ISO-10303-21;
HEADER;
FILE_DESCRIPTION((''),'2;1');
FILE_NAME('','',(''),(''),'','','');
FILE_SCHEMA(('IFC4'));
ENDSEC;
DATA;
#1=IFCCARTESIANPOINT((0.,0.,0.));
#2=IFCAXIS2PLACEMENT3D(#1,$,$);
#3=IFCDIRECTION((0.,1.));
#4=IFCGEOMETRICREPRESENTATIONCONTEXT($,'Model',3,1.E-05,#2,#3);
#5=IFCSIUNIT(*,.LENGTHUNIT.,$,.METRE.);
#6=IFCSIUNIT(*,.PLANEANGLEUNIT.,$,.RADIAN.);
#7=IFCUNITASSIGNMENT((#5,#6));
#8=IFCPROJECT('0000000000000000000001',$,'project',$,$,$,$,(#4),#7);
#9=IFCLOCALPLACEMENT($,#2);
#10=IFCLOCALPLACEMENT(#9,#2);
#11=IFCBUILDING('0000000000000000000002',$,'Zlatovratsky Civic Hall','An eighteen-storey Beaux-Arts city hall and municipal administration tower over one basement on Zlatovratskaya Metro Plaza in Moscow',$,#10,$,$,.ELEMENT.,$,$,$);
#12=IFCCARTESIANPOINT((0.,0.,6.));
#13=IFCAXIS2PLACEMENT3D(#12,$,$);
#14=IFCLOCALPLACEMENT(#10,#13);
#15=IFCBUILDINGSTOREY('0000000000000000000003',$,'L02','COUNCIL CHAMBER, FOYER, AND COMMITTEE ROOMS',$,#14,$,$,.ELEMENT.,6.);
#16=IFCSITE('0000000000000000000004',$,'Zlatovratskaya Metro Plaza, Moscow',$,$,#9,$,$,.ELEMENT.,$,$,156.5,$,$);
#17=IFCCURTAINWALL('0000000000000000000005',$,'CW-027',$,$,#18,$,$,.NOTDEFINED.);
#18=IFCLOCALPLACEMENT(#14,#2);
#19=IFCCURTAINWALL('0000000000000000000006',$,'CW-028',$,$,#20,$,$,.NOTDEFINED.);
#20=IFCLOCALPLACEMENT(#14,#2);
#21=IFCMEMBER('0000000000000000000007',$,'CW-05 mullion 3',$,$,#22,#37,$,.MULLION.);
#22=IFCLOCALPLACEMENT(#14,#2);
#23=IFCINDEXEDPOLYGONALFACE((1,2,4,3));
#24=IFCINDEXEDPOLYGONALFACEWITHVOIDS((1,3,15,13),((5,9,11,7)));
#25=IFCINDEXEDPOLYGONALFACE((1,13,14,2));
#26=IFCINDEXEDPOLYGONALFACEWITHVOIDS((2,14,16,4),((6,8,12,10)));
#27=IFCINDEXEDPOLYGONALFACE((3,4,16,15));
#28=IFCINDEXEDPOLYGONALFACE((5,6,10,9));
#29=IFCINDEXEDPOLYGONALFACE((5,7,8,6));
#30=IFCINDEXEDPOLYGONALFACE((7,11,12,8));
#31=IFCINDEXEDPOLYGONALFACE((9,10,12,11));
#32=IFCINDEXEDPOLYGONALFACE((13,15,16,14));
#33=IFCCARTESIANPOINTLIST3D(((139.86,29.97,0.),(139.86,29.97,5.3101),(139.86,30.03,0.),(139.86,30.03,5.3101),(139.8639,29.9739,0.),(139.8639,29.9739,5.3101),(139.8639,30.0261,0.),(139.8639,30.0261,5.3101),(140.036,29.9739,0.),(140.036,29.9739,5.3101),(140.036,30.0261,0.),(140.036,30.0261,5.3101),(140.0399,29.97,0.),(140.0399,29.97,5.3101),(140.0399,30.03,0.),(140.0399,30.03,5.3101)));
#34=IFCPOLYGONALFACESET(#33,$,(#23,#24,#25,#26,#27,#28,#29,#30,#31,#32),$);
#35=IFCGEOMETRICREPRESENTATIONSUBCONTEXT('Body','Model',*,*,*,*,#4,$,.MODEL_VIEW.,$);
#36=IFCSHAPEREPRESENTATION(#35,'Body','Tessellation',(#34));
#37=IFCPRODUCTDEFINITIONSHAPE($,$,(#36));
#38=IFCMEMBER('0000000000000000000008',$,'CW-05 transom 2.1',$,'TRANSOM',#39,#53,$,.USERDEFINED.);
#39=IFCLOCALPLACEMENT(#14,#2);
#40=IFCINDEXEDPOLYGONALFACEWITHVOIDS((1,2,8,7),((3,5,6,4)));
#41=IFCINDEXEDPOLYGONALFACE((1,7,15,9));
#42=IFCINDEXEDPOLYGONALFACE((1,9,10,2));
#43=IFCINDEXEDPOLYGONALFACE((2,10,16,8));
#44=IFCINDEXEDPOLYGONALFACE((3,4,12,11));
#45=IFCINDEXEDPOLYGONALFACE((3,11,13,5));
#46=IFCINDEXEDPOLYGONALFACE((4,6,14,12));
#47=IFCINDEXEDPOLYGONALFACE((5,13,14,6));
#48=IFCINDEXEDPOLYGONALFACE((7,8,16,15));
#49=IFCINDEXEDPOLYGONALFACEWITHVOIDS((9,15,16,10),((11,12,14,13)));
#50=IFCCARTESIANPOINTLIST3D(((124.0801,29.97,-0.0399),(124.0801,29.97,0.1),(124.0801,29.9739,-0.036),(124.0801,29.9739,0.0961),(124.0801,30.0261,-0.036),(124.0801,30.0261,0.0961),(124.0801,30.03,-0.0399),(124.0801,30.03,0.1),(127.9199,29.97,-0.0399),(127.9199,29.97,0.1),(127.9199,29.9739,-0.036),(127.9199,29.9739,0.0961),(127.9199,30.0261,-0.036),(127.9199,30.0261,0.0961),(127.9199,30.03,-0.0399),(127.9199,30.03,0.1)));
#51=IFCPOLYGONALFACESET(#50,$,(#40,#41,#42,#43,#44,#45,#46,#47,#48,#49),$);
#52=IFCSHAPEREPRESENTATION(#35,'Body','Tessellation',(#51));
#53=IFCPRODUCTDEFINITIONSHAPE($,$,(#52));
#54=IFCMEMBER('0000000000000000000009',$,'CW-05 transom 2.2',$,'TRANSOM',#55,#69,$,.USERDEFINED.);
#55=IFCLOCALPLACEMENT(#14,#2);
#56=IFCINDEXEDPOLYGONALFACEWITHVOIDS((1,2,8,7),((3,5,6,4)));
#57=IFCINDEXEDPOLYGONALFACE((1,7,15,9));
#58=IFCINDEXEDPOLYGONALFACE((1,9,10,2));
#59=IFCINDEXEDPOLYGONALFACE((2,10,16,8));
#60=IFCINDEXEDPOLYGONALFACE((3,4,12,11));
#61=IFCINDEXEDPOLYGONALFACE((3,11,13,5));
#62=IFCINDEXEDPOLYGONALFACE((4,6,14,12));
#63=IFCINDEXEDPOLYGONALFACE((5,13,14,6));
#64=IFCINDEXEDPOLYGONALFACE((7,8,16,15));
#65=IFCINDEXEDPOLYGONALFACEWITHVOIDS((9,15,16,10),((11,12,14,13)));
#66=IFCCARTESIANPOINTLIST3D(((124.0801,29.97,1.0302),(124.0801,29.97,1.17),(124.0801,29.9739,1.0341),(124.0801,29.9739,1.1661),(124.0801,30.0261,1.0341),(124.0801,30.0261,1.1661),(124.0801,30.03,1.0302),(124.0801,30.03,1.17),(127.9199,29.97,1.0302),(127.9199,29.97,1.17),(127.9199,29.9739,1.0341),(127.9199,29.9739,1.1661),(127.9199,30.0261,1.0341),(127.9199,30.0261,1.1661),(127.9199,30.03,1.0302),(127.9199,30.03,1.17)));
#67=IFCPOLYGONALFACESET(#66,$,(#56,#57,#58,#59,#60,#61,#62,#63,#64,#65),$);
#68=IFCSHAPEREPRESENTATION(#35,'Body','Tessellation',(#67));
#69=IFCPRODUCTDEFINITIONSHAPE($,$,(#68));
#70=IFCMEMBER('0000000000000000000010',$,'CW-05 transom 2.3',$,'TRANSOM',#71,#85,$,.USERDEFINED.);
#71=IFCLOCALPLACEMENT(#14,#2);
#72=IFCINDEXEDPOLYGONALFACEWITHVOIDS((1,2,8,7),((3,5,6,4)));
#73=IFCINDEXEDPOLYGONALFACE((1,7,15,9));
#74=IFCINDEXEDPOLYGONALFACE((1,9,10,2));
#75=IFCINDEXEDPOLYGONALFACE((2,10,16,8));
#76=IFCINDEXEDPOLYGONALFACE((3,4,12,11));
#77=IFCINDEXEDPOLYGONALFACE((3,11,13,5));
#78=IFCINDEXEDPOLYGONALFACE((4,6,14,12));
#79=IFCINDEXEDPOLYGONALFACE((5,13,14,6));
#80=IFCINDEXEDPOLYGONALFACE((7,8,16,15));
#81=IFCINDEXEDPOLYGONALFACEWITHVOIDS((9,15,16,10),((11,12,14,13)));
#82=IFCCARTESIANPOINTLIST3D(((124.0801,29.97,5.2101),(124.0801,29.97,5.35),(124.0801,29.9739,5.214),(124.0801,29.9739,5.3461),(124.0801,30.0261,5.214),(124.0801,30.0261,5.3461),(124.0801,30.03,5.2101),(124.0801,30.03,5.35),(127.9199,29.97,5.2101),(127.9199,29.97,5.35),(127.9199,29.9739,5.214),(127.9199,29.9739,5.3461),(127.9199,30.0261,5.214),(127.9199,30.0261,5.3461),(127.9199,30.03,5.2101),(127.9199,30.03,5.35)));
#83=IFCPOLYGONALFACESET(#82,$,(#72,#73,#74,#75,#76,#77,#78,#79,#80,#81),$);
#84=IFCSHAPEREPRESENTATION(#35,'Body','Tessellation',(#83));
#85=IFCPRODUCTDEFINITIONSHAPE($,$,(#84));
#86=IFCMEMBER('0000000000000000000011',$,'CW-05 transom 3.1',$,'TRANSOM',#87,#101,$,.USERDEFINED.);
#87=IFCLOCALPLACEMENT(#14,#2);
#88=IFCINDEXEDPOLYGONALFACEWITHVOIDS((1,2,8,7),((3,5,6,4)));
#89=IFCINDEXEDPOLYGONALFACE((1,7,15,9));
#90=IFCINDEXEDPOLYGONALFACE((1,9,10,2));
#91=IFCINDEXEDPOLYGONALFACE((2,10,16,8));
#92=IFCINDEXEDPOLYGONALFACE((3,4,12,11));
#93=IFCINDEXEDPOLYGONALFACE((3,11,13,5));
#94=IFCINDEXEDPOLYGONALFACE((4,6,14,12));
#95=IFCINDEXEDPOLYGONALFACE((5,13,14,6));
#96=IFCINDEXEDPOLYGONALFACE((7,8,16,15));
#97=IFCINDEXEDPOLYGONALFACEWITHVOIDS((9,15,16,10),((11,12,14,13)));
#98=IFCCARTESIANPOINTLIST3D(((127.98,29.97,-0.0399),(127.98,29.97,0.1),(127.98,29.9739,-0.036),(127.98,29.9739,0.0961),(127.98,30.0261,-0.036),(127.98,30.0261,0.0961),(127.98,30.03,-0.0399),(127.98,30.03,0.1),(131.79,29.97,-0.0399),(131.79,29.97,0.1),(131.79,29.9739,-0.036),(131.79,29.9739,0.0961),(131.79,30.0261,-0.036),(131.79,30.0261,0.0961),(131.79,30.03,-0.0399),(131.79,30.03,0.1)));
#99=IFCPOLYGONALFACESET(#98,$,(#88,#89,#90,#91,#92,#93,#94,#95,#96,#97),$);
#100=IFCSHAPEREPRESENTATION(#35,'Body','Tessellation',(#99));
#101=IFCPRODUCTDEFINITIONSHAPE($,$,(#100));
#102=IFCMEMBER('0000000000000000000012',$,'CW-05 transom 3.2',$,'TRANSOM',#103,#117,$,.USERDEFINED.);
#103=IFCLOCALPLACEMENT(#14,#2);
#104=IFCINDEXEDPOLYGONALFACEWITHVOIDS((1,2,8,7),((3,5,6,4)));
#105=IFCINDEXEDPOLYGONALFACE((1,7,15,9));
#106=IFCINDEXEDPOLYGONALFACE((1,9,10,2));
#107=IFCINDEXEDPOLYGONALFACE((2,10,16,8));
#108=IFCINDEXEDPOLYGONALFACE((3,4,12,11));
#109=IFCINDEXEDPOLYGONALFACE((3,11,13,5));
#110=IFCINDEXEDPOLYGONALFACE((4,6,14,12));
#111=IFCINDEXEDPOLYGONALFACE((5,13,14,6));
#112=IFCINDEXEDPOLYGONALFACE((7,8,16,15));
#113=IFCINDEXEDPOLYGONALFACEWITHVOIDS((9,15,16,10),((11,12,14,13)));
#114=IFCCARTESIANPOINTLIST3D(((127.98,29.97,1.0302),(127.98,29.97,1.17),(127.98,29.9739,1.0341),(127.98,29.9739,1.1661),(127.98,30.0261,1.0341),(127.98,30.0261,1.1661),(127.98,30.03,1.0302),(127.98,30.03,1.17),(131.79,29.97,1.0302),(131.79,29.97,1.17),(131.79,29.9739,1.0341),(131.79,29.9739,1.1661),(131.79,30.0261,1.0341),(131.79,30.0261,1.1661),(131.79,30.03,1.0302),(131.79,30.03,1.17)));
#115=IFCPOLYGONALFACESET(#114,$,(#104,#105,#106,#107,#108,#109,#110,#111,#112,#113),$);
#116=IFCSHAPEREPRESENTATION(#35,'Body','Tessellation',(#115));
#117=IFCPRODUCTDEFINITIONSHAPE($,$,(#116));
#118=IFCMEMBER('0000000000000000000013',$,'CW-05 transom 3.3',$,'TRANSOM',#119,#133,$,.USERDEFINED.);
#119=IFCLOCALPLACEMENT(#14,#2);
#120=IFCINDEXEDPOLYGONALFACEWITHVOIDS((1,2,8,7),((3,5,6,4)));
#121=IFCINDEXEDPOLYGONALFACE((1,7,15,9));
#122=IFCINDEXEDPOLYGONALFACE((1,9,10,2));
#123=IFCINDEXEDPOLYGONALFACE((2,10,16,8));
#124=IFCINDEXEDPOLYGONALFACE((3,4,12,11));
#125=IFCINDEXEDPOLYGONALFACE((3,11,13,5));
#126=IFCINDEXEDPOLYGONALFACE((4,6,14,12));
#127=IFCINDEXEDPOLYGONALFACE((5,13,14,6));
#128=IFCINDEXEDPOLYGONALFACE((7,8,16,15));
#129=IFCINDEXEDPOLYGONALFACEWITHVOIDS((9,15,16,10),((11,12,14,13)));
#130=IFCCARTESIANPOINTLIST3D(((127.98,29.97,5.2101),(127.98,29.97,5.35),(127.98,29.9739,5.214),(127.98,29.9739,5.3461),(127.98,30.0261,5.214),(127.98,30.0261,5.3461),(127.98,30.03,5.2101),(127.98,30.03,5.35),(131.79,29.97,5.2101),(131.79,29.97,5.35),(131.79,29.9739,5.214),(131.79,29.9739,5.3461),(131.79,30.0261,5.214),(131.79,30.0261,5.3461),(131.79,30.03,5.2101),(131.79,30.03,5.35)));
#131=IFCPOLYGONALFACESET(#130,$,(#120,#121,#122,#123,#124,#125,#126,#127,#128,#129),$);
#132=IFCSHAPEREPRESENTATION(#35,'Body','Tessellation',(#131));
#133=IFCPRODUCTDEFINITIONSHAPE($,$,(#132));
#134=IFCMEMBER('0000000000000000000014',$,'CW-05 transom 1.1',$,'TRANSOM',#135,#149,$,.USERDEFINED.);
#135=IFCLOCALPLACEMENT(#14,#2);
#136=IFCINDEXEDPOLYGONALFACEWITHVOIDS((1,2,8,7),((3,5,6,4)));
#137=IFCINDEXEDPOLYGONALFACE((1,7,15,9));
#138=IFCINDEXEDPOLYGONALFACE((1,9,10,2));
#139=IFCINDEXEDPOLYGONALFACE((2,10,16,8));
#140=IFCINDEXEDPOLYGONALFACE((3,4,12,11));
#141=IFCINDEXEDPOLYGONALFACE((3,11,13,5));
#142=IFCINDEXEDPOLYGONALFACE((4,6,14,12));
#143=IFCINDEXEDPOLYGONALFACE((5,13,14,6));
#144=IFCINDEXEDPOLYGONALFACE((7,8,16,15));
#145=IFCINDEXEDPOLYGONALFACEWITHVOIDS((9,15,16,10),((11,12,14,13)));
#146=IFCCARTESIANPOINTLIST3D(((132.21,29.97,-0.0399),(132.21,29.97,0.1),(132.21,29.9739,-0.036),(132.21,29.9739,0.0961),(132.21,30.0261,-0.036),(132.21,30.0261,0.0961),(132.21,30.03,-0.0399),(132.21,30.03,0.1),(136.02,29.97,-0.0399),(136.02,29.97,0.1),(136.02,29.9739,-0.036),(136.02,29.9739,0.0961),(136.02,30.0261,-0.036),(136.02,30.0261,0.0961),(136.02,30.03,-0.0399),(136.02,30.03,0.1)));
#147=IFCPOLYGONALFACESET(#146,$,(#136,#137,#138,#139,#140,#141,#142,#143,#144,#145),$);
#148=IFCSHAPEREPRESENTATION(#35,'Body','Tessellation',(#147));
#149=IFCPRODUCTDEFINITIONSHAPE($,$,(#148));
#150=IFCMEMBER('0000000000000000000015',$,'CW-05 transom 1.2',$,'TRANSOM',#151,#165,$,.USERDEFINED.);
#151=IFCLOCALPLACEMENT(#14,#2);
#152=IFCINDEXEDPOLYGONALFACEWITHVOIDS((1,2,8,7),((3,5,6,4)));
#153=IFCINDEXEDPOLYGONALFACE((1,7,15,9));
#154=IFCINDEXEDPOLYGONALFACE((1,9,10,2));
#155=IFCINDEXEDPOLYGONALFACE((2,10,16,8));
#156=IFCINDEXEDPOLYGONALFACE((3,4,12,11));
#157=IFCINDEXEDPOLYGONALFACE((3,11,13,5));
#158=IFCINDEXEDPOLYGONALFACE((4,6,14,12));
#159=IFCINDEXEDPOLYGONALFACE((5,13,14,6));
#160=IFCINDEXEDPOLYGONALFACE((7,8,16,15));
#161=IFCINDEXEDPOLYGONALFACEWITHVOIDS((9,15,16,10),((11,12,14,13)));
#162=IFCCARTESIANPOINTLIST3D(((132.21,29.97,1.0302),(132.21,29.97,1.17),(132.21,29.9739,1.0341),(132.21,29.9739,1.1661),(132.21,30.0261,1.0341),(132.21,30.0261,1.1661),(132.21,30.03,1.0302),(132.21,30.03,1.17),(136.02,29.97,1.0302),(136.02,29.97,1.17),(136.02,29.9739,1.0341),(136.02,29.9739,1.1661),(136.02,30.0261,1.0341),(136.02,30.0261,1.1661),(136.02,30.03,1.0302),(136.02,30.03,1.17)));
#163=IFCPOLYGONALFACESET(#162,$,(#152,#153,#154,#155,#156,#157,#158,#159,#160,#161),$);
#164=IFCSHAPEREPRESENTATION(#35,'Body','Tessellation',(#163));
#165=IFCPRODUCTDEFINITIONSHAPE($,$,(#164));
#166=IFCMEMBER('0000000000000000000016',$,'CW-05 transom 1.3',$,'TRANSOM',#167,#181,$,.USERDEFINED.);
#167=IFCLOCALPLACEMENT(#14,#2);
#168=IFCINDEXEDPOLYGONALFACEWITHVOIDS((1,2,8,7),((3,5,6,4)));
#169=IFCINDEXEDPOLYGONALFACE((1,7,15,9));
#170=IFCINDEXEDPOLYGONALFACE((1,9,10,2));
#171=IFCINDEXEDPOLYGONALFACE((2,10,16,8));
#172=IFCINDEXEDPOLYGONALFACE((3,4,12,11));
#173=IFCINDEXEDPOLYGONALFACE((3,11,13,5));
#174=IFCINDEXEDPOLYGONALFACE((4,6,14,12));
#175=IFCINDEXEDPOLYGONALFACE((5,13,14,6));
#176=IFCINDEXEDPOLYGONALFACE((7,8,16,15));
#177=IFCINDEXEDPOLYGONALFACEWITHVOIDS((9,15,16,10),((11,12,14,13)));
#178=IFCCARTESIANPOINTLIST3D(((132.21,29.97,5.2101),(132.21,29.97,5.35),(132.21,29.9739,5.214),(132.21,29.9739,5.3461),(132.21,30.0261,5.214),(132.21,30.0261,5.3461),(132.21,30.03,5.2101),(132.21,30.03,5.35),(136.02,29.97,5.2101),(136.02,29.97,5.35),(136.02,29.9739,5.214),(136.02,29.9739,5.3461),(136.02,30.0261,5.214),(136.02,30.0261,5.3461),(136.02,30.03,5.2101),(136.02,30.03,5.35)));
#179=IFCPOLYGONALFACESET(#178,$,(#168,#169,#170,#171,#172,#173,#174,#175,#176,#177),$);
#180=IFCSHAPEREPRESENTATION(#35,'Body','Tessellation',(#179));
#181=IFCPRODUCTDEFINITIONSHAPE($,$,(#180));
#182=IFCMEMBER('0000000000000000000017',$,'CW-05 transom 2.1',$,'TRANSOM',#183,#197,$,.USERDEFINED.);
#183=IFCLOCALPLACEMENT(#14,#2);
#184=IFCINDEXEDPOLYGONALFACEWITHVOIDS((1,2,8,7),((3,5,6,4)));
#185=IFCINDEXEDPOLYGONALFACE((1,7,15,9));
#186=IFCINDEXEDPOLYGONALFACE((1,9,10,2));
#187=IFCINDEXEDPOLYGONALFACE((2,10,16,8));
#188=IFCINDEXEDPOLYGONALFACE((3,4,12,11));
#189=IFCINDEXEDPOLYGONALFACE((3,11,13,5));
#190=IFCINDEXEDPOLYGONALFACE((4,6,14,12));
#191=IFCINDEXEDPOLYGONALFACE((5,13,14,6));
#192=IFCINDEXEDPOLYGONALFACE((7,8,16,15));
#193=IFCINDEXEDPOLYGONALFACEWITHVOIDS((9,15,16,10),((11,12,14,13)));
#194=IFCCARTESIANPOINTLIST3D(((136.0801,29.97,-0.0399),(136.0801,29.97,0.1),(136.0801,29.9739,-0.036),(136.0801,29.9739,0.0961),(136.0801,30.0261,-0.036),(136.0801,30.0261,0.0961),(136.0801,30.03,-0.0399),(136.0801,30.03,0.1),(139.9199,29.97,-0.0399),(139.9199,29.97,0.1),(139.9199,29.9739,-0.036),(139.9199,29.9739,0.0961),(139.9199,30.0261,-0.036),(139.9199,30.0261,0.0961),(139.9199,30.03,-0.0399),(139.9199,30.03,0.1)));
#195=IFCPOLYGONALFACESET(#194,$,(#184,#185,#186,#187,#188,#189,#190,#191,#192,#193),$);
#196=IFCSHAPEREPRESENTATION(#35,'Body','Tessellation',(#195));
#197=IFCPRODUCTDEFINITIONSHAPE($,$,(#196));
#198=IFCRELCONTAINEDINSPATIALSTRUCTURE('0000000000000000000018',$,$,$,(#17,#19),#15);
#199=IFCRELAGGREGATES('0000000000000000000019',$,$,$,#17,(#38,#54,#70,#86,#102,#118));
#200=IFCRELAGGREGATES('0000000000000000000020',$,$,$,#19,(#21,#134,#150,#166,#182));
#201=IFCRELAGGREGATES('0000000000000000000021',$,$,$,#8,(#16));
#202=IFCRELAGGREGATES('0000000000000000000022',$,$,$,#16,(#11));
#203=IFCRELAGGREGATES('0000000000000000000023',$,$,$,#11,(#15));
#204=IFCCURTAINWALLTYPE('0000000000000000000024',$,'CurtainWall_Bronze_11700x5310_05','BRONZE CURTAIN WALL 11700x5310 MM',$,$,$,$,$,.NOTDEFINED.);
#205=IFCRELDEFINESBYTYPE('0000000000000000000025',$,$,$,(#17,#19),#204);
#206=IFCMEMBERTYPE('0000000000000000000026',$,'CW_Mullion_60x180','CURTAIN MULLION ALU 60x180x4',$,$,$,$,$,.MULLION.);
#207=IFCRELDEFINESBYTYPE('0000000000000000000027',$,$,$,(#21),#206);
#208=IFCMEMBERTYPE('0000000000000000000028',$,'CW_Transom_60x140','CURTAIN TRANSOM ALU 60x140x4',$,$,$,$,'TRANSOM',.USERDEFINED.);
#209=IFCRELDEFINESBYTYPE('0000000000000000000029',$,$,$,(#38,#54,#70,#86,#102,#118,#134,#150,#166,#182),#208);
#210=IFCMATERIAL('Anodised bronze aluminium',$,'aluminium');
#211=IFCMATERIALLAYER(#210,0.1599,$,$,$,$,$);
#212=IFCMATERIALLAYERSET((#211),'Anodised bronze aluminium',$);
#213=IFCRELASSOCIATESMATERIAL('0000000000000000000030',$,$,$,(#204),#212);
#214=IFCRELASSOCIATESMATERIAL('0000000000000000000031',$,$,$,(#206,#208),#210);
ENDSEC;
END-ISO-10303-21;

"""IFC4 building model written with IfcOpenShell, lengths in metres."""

from ifc_helpers import new_model, si_unit, direction, frame, origin, origin_2d, place, context, subcontext, project, spatial, hollow_rectangle, extrude, material, layer, layer_set, material_profile, profile_set, type_object, element, aggregate, save


model = new_model("IFC4")

# Units and contexts
model_context = context("Model", 3, precision=1e-05, world=origin(), true_north=direction((0.0, 1.0)))
body_context = subcontext(model_context, "Body", "Model", "MODEL_VIEW")
ifc_project = project(units=[si_unit("LENGTHUNIT", "METRE"), si_unit("PLANEANGLEUNIT", "RADIAN")], contexts=[model_context])

# Site, building, storey
site_placement = place(None, origin())
site = spatial("IfcSite", under=ifc_project, at=site_placement, Name="Zlatovratskaya Metro Plaza, Moscow", CompositionType="ELEMENT", RefElevation=156.5)
building_placement = place(site_placement, origin())
building = spatial("IfcBuilding", under=site, at=building_placement, Name="Zlatovratsky Civic Hall", Description="An eighteen-storey Beaux-Arts city hall and municipal administration tower over one basement on Zlatovratskaya Metro Plaza in Moscow", CompositionType="ELEMENT")
storey_placement = place(building_placement, frame((0.0, 0.0, 6.0)))
storey = spatial("IfcBuildingStorey", under=building, at=storey_placement, Name="L02", Description="COUNCIL CHAMBER, FOYER, AND COMMITTEE ROOMS", CompositionType="ELEMENT", Elevation=6.0)

# Curtain walls, member
ifc_material_1 = material(Name="Anodised bronze aluminium", Category="aluminium")
ifc_layer_1 = layer(ifc_material_1, 0.1599)
ifc_layer_set_1 = layer_set([ifc_layer_1], Name="Anodised bronze aluminium")
curtain_wall_type = type_object("IfcCurtainWallType", Name="CurtainWall_Bronze_11700x5310_05", Description="BRONZE CURTAIN WALL 11700x5310 MM", PredefinedType="NOTDEFINED", material=ifc_layer_set_1)
curtain_wall_1_placement = place(storey_placement, origin())
curtain_wall_1 = element("IfcCurtainWall", 1, at=curtain_wall_1_placement, inside=storey, type_object=curtain_wall_type, Name="CW-027", PredefinedType="NOTDEFINED")
ifc_material_profile_1 = material_profile(ifc_material_1, hollow_rectangle(XDim=0.0601, YDim=0.1799, WallThickness=0.0039, at=origin_2d()), Name="ALU 60x180x4")
ifc_profile_set_1 = profile_set([ifc_material_profile_1], Name="Anodised bronze aluminium")
member_type_1 = type_object("IfcMemberType", Name="CW_Mullion_60x180", Description="CURTAIN MULLION ALU 60x180x4", PredefinedType="MULLION", material=ifc_profile_set_1)
curtain_wall_2_placement = place(storey_placement, origin())
curtain_wall_2 = element("IfcCurtainWall", 2, at=curtain_wall_2_placement, inside=storey, type_object=curtain_wall_type, Name="CW-028", PredefinedType="NOTDEFINED")
member_1_placement = place(storey_placement, frame((139.95, 30.0, 0.0), z_axis=(0.0, 0.0, 1.0), x_axis=(0.0, 1.0, 0.0)))
member_1 = element("IfcMember", 3, at=member_1_placement, type_object=member_type_1, Name="CW-05 mullion 3", PredefinedType="MULLION", context=body_context, shape_type="SweptSolid", body=[
    extrude(hollow_rectangle(XDim=0.0601, YDim=0.1799, WallThickness=0.0039, at=origin_2d()), origin(), (0.0, 0.0, 1.0), 5.3101),
])

# Members
ifc_material_profile_2 = material_profile(ifc_material_1, hollow_rectangle(XDim=0.0601, YDim=0.1399, WallThickness=0.0039, at=origin_2d()), Name="ALU 60x140x4")
ifc_profile_set_2 = profile_set([ifc_material_profile_2], Name="Anodised bronze aluminium")
member_type_2 = type_object("IfcMemberType", Name="CW_Transom_60x140", Description="CURTAIN TRANSOM ALU 60x140x4", ElementType="TRANSOM", PredefinedType="USERDEFINED", material=ifc_profile_set_2)
member_2_placement = place(storey_placement, frame((124.0801, 30.0, 0.03), z_axis=(1.0, 0.0, 0.0), x_axis=(0.0, 1.0, 0.0)))
member_2 = element("IfcMember", 4, at=member_2_placement, type_object=member_type_2, Name="CW-05 transom 2.1", ObjectType="TRANSOM", PredefinedType="USERDEFINED", context=body_context, shape_type="SweptSolid", body=[
    extrude(hollow_rectangle(XDim=0.0601, YDim=0.1399, WallThickness=0.0039, at=origin_2d()), origin(), (0.0, 0.0, 1.0), 3.8398),
])
member_3_placement = place(storey_placement, frame((124.0801, 30.0, 1.1001), z_axis=(1.0, 0.0, 0.0), x_axis=(0.0, 1.0, 0.0)))
member_3 = element("IfcMember", 5, at=member_3_placement, type_object=member_type_2, Name="CW-05 transom 2.2", ObjectType="TRANSOM", PredefinedType="USERDEFINED", context=body_context, shape_type="SweptSolid", body=[
    extrude(hollow_rectangle(XDim=0.0601, YDim=0.1399, WallThickness=0.0039, at=origin_2d()), origin(), (0.0, 0.0, 1.0), 3.8398),
])
member_4_placement = place(storey_placement, frame((124.0801, 30.0, 5.28), z_axis=(1.0, 0.0, 0.0), x_axis=(0.0, 1.0, 0.0)))
member_4 = element("IfcMember", 6, at=member_4_placement, type_object=member_type_2, Name="CW-05 transom 2.3", ObjectType="TRANSOM", PredefinedType="USERDEFINED", context=body_context, shape_type="SweptSolid", body=[
    extrude(hollow_rectangle(XDim=0.0601, YDim=0.1399, WallThickness=0.0039, at=origin_2d()), origin(), (0.0, 0.0, 1.0), 3.8398),
])
member_5_placement = place(storey_placement, frame((127.98, 30.0, 0.03), z_axis=(1.0, 0.0, 0.0), x_axis=(0.0, 1.0, 0.0)))
member_5 = element("IfcMember", 7, at=member_5_placement, type_object=member_type_2, Name="CW-05 transom 3.1", ObjectType="TRANSOM", PredefinedType="USERDEFINED", context=body_context, shape_type="SweptSolid", body=[
    extrude(hollow_rectangle(XDim=0.0601, YDim=0.1399, WallThickness=0.0039, at=origin_2d()), origin(), (0.0, 0.0, 1.0), 3.8101),
])
member_6_placement = place(storey_placement, frame((127.98, 30.0, 1.1001), z_axis=(1.0, 0.0, 0.0), x_axis=(0.0, 1.0, 0.0)))
member_6 = element("IfcMember", 8, at=member_6_placement, type_object=member_type_2, Name="CW-05 transom 3.2", ObjectType="TRANSOM", PredefinedType="USERDEFINED", context=body_context, shape_type="SweptSolid", body=[
    extrude(hollow_rectangle(XDim=0.0601, YDim=0.1399, WallThickness=0.0039, at=origin_2d()), origin(), (0.0, 0.0, 1.0), 3.8101),
])
member_7_placement = place(storey_placement, frame((127.98, 30.0, 5.28), z_axis=(1.0, 0.0, 0.0), x_axis=(0.0, 1.0, 0.0)))
member_7 = element("IfcMember", 9, at=member_7_placement, type_object=member_type_2, Name="CW-05 transom 3.3", ObjectType="TRANSOM", PredefinedType="USERDEFINED", context=body_context, shape_type="SweptSolid", body=[
    extrude(hollow_rectangle(XDim=0.0601, YDim=0.1399, WallThickness=0.0039, at=origin_2d()), origin(), (0.0, 0.0, 1.0), 3.8101),
])
member_8_placement = place(storey_placement, frame((132.21, 30.0, 0.03), z_axis=(1.0, 0.0, 0.0), x_axis=(0.0, 1.0, 0.0)))
member_8 = element("IfcMember", 10, at=member_8_placement, type_object=member_type_2, Name="CW-05 transom 1.1", ObjectType="TRANSOM", PredefinedType="USERDEFINED", context=body_context, shape_type="SweptSolid", body=[
    extrude(hollow_rectangle(XDim=0.0601, YDim=0.1399, WallThickness=0.0039, at=origin_2d()), origin(), (0.0, 0.0, 1.0), 3.8101),
])
member_9_placement = place(storey_placement, frame((132.21, 30.0, 1.1001), z_axis=(1.0, 0.0, 0.0), x_axis=(0.0, 1.0, 0.0)))
member_9 = element("IfcMember", 11, at=member_9_placement, type_object=member_type_2, Name="CW-05 transom 1.2", ObjectType="TRANSOM", PredefinedType="USERDEFINED", context=body_context, shape_type="SweptSolid", body=[
    extrude(hollow_rectangle(XDim=0.0601, YDim=0.1399, WallThickness=0.0039, at=origin_2d()), origin(), (0.0, 0.0, 1.0), 3.8101),
])
member_10_placement = place(storey_placement, frame((132.21, 30.0, 5.28), z_axis=(1.0, 0.0, 0.0), x_axis=(0.0, 1.0, 0.0)))
member_10 = element("IfcMember", 12, at=member_10_placement, type_object=member_type_2, Name="CW-05 transom 1.3", ObjectType="TRANSOM", PredefinedType="USERDEFINED", context=body_context, shape_type="SweptSolid", body=[
    extrude(hollow_rectangle(XDim=0.0601, YDim=0.1399, WallThickness=0.0039, at=origin_2d()), origin(), (0.0, 0.0, 1.0), 3.8101),
])
member_11_placement = place(storey_placement, frame((136.0801, 30.0, 0.03), z_axis=(1.0, 0.0, 0.0), x_axis=(0.0, 1.0, 0.0)))
member_11 = element("IfcMember", 13, at=member_11_placement, type_object=member_type_2, Name="CW-05 transom 2.1", ObjectType="TRANSOM", PredefinedType="USERDEFINED", context=body_context, shape_type="SweptSolid", body=[
    extrude(hollow_rectangle(XDim=0.0601, YDim=0.1399, WallThickness=0.0039, at=origin_2d()), origin(), (0.0, 0.0, 1.0), 3.8398),
])

aggregate(curtain_wall_1, [member_2, member_3, member_4, member_5, member_6, member_7])
aggregate(curtain_wall_2, [member_1, member_8, member_9, member_10, member_11])

save(model, "model.ifc")
